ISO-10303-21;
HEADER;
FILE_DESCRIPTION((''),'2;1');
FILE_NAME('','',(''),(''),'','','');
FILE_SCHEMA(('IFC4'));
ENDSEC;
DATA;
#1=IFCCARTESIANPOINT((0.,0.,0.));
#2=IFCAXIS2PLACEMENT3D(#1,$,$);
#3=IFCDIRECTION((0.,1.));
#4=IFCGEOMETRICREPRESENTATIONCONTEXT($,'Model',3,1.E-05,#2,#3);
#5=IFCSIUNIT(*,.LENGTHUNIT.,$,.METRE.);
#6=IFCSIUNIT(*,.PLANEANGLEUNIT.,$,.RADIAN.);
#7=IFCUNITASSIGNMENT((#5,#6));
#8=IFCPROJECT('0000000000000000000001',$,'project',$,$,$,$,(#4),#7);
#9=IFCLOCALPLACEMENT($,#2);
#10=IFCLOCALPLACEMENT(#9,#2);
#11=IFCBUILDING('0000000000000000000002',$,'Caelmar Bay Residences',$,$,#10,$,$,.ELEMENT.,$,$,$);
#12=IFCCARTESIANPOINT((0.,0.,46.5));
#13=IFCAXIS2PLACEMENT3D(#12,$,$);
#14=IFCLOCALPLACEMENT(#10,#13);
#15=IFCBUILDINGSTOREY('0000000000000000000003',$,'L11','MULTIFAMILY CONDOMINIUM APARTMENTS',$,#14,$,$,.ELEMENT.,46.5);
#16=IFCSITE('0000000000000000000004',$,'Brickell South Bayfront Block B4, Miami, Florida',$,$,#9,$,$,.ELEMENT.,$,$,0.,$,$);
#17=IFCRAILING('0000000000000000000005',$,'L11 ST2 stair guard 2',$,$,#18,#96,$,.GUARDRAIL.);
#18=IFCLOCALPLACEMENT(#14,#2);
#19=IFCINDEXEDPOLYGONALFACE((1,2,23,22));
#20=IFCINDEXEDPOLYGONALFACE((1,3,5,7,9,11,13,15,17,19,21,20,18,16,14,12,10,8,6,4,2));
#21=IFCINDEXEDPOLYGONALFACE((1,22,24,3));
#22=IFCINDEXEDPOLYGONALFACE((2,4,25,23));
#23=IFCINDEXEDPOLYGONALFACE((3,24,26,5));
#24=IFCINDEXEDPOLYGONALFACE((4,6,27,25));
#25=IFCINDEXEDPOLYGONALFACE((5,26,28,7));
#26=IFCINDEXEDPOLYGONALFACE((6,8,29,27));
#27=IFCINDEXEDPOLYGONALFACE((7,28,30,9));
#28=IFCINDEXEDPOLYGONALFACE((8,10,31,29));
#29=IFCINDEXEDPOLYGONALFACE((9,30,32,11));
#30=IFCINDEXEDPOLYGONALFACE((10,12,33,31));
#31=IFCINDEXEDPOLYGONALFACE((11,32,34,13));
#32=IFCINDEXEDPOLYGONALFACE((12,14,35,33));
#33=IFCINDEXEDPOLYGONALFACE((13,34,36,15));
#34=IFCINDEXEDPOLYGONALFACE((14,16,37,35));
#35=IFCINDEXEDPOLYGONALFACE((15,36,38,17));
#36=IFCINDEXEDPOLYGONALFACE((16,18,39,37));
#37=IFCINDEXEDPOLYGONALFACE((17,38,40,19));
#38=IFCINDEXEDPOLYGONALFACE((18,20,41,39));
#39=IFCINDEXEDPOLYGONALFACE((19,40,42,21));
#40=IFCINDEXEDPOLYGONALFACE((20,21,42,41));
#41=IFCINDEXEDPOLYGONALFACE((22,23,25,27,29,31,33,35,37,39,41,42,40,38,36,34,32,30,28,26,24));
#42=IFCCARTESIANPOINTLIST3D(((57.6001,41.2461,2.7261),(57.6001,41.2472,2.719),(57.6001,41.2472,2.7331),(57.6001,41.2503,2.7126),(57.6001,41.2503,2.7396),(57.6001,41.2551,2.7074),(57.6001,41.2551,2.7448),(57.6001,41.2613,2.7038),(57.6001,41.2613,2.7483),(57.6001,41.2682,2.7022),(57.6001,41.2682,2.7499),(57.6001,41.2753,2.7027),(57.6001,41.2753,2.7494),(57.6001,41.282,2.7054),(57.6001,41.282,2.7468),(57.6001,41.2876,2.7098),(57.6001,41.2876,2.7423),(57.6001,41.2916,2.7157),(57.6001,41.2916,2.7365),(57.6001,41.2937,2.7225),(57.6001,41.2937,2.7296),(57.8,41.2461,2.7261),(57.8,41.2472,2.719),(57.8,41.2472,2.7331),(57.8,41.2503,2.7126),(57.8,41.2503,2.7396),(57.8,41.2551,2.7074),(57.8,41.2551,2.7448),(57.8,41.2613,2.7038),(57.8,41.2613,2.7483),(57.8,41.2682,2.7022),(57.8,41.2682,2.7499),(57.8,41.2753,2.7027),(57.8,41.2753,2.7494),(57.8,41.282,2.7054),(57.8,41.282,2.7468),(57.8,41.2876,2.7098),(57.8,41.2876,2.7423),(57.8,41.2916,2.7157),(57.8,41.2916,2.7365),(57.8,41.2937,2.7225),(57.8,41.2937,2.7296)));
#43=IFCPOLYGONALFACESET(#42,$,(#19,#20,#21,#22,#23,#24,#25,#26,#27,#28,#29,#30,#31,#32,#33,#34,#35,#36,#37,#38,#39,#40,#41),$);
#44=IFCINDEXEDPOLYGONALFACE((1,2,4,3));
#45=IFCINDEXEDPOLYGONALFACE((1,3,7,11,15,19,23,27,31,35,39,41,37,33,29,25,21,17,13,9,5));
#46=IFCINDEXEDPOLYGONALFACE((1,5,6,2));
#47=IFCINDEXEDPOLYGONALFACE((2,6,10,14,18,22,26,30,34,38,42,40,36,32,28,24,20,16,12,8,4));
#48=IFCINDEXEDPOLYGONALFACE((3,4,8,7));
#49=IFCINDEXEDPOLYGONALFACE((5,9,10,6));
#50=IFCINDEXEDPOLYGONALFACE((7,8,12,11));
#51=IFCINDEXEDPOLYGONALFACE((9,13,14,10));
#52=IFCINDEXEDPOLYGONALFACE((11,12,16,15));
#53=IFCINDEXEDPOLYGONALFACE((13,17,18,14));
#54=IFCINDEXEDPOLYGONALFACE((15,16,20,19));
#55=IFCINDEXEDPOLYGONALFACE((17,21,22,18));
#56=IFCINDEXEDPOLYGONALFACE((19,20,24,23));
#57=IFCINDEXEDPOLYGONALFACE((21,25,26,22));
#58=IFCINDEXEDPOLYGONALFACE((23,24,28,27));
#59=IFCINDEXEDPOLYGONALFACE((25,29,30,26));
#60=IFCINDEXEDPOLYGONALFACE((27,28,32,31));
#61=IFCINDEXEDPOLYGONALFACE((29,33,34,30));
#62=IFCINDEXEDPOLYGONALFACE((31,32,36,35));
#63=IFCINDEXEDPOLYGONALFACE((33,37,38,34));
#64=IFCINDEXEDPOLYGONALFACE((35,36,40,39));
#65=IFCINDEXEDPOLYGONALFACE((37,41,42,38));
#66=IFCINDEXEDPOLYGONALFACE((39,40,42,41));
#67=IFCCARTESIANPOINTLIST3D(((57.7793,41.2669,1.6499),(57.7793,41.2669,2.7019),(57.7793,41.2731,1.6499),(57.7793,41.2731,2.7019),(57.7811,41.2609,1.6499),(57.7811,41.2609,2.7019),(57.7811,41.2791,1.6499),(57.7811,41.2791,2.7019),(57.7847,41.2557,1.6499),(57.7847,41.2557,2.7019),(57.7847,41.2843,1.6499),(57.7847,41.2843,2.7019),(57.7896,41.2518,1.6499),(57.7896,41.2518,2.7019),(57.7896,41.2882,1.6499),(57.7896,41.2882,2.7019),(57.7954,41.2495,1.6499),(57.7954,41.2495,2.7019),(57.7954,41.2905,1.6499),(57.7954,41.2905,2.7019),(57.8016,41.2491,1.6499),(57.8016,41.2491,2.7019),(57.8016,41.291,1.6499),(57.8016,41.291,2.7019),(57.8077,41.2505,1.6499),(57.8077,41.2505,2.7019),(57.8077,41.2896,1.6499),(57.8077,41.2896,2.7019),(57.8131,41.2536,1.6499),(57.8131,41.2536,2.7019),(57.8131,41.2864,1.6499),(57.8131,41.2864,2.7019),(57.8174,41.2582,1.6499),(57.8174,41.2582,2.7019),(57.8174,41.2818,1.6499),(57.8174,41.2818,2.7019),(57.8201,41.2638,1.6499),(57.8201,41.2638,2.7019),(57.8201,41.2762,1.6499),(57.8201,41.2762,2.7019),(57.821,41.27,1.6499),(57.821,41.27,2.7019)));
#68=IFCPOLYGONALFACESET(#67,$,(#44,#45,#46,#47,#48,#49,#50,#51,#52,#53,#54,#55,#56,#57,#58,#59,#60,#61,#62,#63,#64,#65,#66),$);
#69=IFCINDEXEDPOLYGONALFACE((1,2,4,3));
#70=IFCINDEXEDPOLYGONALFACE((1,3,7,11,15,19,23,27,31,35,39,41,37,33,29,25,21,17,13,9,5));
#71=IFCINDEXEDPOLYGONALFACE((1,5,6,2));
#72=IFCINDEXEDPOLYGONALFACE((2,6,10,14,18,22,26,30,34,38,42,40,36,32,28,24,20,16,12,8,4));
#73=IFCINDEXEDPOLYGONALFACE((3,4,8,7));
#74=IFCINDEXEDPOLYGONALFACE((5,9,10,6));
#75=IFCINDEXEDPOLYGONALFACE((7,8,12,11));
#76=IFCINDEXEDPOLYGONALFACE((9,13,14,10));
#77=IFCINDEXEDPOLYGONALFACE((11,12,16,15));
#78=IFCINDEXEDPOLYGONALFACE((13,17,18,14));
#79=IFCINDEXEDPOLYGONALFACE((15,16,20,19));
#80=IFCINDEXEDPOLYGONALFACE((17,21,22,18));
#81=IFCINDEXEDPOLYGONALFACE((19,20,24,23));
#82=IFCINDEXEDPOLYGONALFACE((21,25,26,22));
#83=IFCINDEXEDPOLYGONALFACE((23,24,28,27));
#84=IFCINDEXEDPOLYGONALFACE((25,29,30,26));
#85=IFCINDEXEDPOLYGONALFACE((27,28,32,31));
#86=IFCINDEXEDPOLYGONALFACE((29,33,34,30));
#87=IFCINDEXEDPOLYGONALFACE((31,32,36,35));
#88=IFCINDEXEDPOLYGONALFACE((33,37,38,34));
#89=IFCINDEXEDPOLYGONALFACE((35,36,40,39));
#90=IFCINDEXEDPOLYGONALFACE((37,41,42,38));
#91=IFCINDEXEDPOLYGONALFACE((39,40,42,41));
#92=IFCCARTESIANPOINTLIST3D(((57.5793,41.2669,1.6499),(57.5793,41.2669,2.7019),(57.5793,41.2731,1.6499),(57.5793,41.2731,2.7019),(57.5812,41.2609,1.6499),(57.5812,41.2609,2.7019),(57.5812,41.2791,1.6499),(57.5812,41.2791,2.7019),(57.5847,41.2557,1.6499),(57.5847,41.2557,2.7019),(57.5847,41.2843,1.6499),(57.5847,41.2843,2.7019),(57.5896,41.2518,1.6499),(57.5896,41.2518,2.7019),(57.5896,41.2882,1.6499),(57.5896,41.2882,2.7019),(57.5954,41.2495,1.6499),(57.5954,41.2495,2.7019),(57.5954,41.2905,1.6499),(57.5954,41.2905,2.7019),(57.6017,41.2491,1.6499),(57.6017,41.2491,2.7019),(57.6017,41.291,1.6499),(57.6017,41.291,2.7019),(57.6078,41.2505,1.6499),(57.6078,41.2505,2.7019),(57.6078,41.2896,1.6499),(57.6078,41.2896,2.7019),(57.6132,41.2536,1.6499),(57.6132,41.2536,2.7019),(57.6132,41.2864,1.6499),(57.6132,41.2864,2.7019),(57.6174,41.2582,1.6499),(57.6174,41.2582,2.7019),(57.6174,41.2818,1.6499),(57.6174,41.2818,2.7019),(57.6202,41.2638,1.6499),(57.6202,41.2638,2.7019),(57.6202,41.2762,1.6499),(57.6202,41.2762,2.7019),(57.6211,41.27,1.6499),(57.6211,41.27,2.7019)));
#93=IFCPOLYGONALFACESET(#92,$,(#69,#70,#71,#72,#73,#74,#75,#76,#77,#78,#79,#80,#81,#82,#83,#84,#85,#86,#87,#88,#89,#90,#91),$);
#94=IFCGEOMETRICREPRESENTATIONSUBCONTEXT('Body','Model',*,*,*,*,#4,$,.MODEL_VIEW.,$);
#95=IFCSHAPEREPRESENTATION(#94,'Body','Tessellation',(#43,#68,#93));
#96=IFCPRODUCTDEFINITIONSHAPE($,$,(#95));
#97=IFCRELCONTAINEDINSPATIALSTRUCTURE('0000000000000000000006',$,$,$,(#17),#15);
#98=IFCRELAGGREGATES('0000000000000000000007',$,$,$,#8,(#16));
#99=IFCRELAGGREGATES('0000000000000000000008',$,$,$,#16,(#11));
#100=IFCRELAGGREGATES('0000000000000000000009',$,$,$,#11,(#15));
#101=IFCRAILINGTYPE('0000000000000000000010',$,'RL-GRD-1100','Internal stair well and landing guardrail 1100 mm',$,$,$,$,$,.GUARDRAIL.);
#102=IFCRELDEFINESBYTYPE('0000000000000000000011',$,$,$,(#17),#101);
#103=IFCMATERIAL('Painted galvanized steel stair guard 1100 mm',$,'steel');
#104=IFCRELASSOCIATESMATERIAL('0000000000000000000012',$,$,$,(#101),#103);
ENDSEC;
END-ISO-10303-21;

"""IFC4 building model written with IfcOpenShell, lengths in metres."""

from ifc_helpers import new_model, si_unit, direction, frame, origin, origin_2d, place, context, subcontext, project, spatial, circle, extrude, material, type_object, element, save


model = new_model("IFC4")

# Units and contexts
model_context = context("Model", 3, precision=1e-05, world=origin(), true_north=direction((0.0, 1.0)))
body_context = subcontext(model_context, "Body", "Model", "MODEL_VIEW")
ifc_project = project(units=[si_unit("LENGTHUNIT", "METRE"), si_unit("PLANEANGLEUNIT", "RADIAN")], contexts=[model_context])

# Site, building, storey
site_placement = place(None, origin())
site = spatial("IfcSite", under=ifc_project, at=site_placement, Name="Brickell South Bayfront Block B4, Miami, Florida", CompositionType="ELEMENT", RefElevation=0.0)
building_placement = place(site_placement, origin())
building = spatial("IfcBuilding", under=site, at=building_placement, Name="Caelmar Bay Residences", CompositionType="ELEMENT")
storey_placement = place(building_placement, frame((0.0, 0.0, 46.5)))
storey = spatial("IfcBuildingStorey", under=building, at=storey_placement, Name="L11", Description="MULTIFAMILY CONDOMINIUM APARTMENTS", CompositionType="ELEMENT", Elevation=46.5)

# Railing
ifc_material_1 = material(Name="Painted galvanized steel stair guard 1100 mm", Category="steel")
railing_type_1 = type_object("IfcRailingType", Name="RL-GRD-1100", Description="Internal stair well and landing guardrail 1100 mm", PredefinedType="GUARDRAIL", material=ifc_material_1)
railing_1_placement = place(storey_placement, frame((57.8, 41.27, 1.6499)))
element("IfcRailing", 1, at=railing_1_placement, inside=storey, type_object=railing_type_1, Name="L11 ST2 stair guard 2", PredefinedType="GUARDRAIL", context=body_context, shape_type="SweptSolid", body=[
    extrude(circle(Radius=0.0239, at=origin_2d()), frame((0.0, 0.0, 1.0762), z_axis=(-1.0, 0.0, 0.0), x_axis=(0.0, -1.0, 0.0)), (0.0, 0.0, 1.0), 0.2),
    extrude(circle(Radius=0.021, at=origin_2d()), origin(), (0.0, 0.0, 1.0), 1.052),
    extrude(circle(Radius=0.021, at=origin_2d()), frame((-0.2, 0.0, 0.0)), (0.0, 0.0, 1.0), 1.052),
])

save(model, "model.ifc")
